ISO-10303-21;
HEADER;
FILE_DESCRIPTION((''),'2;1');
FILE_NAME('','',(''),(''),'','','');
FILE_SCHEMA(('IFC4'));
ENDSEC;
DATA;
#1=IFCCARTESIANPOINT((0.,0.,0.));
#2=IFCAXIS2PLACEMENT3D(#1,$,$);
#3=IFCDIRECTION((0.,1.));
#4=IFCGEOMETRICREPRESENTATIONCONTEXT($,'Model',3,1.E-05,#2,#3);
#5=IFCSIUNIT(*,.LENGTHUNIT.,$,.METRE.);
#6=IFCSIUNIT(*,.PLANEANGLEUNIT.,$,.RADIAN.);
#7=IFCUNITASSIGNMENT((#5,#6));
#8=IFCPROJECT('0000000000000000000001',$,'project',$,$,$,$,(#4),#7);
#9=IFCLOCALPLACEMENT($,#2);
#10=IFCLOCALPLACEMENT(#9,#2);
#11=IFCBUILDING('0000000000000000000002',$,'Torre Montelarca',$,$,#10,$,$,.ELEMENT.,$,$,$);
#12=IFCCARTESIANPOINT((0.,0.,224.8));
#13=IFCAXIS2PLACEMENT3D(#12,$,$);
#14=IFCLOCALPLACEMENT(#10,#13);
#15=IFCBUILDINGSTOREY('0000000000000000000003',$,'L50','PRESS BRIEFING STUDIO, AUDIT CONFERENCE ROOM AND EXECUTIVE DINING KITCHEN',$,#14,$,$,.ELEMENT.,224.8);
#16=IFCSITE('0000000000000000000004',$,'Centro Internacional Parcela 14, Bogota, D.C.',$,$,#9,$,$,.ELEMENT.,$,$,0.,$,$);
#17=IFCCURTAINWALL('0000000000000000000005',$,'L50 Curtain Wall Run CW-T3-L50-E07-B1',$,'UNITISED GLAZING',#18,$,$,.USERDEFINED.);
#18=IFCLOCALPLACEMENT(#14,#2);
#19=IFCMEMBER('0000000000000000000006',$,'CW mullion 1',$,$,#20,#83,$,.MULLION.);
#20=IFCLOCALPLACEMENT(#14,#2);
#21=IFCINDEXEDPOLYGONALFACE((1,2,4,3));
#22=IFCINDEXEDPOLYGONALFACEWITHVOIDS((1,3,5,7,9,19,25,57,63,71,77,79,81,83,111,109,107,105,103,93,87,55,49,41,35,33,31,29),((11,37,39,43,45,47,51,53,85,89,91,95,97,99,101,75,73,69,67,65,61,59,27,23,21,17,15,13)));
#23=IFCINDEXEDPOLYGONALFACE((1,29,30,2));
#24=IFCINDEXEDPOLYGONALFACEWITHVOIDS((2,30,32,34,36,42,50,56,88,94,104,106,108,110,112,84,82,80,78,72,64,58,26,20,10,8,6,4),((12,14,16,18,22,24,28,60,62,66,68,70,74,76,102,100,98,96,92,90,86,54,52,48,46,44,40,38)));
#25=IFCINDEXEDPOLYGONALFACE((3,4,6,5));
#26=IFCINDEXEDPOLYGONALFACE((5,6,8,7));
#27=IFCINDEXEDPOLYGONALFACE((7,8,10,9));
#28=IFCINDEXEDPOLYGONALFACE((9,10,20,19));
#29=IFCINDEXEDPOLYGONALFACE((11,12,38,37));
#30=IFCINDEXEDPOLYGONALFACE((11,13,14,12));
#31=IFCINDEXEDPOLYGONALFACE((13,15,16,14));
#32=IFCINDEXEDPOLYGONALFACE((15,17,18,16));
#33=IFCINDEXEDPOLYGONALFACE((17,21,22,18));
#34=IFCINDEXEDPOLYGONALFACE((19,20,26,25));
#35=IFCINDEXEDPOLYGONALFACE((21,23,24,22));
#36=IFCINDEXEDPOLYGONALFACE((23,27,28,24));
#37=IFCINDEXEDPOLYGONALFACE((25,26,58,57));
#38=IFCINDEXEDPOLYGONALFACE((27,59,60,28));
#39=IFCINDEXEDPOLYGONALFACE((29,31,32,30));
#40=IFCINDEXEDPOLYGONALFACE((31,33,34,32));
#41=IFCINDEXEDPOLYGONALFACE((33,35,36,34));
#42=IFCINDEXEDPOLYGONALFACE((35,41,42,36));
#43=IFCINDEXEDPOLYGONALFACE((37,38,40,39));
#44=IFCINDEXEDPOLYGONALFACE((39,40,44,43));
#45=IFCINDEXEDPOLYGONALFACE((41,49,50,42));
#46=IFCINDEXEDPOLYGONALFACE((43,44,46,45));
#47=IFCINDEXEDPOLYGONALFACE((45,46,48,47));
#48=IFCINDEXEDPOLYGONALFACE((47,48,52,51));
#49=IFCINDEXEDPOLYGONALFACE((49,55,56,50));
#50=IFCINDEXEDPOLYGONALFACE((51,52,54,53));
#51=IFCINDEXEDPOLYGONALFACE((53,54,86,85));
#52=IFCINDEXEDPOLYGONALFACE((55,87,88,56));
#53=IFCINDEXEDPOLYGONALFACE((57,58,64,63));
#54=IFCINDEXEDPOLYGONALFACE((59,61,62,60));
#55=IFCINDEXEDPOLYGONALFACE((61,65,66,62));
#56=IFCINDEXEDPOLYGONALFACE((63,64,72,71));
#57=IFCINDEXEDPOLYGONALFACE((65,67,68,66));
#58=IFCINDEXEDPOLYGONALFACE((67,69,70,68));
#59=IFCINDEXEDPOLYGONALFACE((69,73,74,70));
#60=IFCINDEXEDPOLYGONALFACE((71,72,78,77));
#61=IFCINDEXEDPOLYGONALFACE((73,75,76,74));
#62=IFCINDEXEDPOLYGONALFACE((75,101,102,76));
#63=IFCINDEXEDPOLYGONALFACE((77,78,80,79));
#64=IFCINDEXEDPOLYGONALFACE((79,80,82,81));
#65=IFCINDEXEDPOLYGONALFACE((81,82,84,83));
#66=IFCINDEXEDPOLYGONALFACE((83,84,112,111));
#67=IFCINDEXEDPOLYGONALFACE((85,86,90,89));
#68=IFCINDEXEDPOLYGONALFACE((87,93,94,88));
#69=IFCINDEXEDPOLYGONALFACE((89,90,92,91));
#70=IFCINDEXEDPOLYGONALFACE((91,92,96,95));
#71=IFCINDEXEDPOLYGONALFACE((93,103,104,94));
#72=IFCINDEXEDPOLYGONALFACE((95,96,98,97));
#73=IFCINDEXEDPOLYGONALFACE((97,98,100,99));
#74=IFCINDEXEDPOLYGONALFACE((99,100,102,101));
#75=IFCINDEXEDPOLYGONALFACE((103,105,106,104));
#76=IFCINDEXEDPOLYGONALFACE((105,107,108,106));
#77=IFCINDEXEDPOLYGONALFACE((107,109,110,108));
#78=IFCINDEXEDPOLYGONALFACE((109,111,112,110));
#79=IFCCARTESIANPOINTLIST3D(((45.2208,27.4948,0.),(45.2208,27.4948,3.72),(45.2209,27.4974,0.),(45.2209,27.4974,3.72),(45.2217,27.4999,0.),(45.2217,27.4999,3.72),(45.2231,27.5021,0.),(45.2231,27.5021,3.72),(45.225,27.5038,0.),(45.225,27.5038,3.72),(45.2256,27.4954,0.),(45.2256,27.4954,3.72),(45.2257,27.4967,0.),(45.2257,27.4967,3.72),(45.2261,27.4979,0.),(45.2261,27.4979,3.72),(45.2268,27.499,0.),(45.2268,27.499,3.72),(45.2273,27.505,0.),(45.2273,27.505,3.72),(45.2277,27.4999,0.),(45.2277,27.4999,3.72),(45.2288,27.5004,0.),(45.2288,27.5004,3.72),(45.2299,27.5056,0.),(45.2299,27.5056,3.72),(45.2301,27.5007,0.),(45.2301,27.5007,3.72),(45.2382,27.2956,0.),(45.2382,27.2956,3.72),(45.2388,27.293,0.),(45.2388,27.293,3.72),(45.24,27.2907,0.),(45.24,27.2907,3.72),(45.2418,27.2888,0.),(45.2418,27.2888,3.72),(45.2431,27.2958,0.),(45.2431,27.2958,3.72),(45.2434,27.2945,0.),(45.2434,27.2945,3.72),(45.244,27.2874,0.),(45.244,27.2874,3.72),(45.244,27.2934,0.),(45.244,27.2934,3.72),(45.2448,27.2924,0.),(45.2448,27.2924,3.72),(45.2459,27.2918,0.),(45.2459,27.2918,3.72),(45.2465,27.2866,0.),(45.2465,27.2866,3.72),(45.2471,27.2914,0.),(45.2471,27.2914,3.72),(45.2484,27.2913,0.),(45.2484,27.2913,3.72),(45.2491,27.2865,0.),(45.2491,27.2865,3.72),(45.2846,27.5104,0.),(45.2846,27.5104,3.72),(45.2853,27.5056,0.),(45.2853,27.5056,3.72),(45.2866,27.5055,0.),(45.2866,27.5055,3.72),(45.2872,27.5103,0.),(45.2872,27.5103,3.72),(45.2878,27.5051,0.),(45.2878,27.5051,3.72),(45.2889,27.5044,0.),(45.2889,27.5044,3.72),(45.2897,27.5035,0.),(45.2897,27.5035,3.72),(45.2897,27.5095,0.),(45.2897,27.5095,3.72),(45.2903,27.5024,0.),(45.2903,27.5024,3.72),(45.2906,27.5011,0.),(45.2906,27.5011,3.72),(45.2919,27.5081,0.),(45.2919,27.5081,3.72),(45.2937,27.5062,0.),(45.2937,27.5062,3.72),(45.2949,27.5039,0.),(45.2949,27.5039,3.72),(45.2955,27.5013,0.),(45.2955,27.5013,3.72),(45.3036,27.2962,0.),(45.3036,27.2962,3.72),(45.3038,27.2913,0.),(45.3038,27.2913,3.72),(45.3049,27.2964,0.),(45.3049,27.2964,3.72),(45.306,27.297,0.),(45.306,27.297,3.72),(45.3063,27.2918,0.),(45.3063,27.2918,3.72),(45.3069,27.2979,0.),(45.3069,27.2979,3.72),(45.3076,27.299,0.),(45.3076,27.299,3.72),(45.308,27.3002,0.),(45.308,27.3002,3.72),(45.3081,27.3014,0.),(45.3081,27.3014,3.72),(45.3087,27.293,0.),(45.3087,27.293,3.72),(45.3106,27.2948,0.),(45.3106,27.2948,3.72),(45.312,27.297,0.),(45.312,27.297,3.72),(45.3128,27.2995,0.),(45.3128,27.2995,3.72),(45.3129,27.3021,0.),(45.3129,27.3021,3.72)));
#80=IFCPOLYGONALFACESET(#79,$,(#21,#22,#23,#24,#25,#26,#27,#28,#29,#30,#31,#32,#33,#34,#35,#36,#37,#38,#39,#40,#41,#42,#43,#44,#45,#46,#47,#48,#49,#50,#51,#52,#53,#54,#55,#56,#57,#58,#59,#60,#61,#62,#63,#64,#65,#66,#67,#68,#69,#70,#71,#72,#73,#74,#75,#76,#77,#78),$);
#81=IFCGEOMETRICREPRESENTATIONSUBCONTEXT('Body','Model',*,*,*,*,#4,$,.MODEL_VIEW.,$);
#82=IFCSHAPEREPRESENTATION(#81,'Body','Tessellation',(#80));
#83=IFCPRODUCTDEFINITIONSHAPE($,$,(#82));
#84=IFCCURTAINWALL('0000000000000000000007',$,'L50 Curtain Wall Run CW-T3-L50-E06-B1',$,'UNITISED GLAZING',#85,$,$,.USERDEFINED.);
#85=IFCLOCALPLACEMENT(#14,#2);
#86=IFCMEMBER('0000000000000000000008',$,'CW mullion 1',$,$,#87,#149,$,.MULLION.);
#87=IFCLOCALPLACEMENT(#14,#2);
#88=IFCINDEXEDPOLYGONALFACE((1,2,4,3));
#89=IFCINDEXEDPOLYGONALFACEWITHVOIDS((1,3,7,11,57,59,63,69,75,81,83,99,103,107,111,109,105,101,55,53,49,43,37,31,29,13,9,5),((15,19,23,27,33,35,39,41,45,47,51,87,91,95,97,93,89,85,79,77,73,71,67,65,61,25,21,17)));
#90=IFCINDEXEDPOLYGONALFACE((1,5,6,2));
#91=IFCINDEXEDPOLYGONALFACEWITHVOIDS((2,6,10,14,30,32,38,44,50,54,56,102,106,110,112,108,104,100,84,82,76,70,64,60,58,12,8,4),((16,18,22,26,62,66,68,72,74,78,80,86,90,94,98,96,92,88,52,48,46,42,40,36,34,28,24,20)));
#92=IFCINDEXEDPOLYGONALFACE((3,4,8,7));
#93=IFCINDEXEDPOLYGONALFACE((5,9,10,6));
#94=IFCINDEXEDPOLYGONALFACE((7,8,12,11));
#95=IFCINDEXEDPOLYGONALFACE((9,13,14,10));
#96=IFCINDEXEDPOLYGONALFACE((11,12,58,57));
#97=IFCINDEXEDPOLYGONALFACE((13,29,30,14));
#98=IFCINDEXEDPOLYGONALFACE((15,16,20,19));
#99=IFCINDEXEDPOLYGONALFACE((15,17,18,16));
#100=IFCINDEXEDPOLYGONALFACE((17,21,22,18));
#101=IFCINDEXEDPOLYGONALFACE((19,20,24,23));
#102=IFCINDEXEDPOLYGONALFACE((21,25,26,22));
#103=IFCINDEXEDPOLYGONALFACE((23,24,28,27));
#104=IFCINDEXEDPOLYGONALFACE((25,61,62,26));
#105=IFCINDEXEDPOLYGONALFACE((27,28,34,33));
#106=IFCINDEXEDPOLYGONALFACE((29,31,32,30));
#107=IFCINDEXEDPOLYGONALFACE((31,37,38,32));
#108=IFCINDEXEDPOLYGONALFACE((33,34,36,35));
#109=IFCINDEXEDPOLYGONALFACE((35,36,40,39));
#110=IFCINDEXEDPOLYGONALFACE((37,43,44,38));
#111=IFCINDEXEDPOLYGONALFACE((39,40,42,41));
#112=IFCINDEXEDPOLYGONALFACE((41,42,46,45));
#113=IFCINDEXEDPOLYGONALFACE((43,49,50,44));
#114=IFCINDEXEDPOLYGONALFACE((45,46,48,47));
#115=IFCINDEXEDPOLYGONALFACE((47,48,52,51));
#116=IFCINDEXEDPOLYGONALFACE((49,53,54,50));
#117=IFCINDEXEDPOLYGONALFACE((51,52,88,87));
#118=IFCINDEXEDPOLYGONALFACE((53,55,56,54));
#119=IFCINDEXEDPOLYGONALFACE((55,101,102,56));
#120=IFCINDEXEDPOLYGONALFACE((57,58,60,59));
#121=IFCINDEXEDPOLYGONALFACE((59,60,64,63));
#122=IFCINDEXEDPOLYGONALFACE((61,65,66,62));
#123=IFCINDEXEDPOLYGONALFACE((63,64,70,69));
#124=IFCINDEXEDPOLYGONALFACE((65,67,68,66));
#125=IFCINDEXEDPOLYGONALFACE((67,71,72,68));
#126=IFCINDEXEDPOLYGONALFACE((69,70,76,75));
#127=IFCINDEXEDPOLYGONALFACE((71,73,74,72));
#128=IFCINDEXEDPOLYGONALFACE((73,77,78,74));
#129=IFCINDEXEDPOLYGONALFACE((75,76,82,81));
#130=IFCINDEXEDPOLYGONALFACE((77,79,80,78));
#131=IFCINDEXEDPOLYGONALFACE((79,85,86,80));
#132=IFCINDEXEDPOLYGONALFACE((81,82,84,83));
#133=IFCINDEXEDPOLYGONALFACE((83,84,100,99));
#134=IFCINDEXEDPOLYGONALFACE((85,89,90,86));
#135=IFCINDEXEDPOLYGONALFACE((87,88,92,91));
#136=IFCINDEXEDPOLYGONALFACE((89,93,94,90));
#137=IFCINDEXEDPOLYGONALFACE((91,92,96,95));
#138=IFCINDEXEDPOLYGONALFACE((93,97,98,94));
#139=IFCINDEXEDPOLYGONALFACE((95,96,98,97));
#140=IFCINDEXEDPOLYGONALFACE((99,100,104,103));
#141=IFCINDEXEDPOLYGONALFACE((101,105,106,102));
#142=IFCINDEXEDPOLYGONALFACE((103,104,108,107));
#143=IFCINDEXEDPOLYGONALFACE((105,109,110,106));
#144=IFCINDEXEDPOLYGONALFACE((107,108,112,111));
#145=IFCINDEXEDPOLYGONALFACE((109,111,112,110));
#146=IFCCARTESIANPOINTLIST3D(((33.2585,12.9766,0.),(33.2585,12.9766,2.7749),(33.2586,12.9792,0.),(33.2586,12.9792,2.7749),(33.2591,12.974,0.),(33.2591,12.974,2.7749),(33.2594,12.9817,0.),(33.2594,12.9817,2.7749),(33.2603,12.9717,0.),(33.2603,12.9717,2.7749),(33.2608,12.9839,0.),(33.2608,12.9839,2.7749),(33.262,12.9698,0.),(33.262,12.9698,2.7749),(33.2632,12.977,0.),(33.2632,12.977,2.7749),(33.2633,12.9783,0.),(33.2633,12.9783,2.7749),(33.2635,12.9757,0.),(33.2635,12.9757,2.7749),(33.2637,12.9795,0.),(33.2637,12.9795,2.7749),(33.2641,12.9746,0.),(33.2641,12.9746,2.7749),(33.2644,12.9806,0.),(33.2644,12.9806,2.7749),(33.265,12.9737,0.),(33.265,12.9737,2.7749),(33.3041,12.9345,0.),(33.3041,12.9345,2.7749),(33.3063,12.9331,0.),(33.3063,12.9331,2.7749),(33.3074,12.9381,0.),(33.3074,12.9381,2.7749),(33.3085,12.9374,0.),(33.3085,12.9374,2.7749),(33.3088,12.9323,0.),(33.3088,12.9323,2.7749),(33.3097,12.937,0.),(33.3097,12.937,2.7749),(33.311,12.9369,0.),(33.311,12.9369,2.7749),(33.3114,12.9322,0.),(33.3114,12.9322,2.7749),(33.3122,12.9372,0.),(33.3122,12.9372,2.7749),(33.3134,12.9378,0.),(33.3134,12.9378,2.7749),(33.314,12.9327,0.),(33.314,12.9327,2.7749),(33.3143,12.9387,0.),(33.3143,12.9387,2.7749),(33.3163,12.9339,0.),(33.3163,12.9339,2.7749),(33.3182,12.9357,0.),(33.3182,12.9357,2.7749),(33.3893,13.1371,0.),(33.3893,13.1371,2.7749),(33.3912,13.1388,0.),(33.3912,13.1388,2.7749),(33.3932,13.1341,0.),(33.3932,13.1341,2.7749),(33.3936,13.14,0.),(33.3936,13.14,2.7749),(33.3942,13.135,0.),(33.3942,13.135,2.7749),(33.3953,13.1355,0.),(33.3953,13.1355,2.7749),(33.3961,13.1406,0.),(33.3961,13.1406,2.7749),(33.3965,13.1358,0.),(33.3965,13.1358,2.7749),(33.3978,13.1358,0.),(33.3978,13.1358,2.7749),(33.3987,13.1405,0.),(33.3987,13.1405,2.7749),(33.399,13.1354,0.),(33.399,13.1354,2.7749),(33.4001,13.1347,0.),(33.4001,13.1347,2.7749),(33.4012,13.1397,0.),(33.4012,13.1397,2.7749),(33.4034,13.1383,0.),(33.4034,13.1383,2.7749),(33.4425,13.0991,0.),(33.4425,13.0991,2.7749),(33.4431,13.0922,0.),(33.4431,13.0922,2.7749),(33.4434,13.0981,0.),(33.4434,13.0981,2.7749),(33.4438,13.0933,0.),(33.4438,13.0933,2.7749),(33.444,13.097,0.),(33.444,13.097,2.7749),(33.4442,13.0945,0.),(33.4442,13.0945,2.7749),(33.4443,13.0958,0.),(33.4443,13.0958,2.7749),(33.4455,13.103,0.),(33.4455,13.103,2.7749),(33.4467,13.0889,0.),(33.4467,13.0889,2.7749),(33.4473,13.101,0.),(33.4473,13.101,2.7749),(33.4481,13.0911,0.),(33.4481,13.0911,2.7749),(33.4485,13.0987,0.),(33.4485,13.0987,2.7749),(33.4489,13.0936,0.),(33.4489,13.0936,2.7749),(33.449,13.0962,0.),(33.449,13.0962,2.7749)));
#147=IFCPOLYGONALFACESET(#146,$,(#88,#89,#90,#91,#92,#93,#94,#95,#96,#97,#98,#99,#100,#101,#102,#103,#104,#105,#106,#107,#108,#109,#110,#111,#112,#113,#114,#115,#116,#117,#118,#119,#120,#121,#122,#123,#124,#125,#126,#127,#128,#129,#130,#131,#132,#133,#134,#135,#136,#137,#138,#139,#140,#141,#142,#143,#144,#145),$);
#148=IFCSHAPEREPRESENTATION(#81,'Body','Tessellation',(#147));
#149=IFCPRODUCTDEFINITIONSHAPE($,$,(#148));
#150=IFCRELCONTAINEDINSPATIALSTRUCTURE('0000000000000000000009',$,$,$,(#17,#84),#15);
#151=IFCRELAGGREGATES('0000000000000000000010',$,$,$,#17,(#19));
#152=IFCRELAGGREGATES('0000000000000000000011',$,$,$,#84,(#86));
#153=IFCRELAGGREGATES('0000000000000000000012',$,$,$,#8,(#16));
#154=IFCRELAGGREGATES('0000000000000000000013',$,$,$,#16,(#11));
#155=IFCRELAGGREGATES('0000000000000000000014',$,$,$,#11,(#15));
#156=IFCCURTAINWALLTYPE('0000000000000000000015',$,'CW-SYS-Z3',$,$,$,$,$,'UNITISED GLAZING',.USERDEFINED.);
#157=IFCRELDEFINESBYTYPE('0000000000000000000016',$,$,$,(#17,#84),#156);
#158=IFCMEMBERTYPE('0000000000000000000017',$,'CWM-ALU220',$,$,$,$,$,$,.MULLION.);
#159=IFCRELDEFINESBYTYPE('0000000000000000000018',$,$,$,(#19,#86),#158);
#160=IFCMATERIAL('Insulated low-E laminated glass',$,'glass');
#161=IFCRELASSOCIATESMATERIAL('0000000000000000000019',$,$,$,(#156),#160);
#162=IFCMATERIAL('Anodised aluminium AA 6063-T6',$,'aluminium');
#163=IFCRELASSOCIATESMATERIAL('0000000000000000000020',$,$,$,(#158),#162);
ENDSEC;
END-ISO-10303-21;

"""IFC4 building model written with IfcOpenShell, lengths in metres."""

from ifc_helpers import new_model, si_unit, direction, frame, origin, origin_2d, place, context, subcontext, project, spatial, hollow_rectangle, extrude, source, transform, mapped, material, material_profile, profile_set, type_object, element, aggregate, save


model = new_model("IFC4")

# Units and contexts
model_context = context("Model", 3, precision=1e-05, world=origin(), true_north=direction((0.0, 1.0)))
body_context = subcontext(model_context, "Body", "Model", "MODEL_VIEW")
ifc_project = project(units=[si_unit("LENGTHUNIT", "METRE"), si_unit("PLANEANGLEUNIT", "RADIAN")], contexts=[model_context])

# Site, building, storey
site_placement = place(None, origin())
site = spatial("IfcSite", under=ifc_project, at=site_placement, Name="Centro Internacional Parcela 14, Bogota, D.C.", CompositionType="ELEMENT", RefElevation=0.0)
building_placement = place(site_placement, origin())
building = spatial("IfcBuilding", under=site, at=building_placement, Name="Torre Montelarca", CompositionType="ELEMENT")
storey_placement = place(building_placement, frame((0.0, 0.0, 224.8)))
storey = spatial("IfcBuildingStorey", under=building, at=storey_placement, Name="L50", Description="PRESS BRIEFING STUDIO, AUDIT CONFERENCE ROOM AND EXECUTIVE DINING KITCHEN", CompositionType="ELEMENT", Elevation=224.8)

# Curtain walls, members
ifc_material_1 = material(Name="Insulated low-E laminated glass", Category="glass")
curtain_wall_type = type_object("IfcCurtainWallType", Name="CW-SYS-Z3", ElementType="UNITISED GLAZING", PredefinedType="USERDEFINED", material=ifc_material_1)
curtain_wall_1_placement = place(storey_placement, origin())
curtain_wall_1 = element("IfcCurtainWall", 1, at=curtain_wall_1_placement, inside=storey, type_object=curtain_wall_type, Name="L50 Curtain Wall Run CW-T3-L50-E07-B1", ObjectType="UNITISED GLAZING", PredefinedType="USERDEFINED")
ifc_material_2 = material(Name="Anodised aluminium AA 6063-T6", Category="aluminium")
ifc_material_profile_1 = material_profile(ifc_material_2, hollow_rectangle(XDim=0.075, YDim=0.22, WallThickness=0.0049, InnerFilletRadius=0.0049, OuterFilletRadius=0.01, at=origin_2d()), Name="ALU75X220X5", Category="aluminium")
ifc_profile_set_1 = profile_set([ifc_material_profile_1], Name="Anodised aluminium AA 6063-T6")
member_type_1 = type_object("IfcMemberType", Name="CWM-ALU220", PredefinedType="MULLION", material=ifc_profile_set_1)
shared_shape_1 = source(origin(), body_context, "Body", "SweptSolid", [
    extrude(hollow_rectangle(XDim=0.075, YDim=0.22, WallThickness=0.0049, InnerFilletRadius=0.0049, OuterFilletRadius=0.01, at=origin_2d()), origin(), (0.0, 0.0, 1.0), 3.72),
])
member_1_placement = place(storey_placement, frame((45.2668, 27.3984, 0.0), z_axis=(0.0, 0.0, 1.0), x_axis=(-0.996192, -0.087183, 0.0)))
member_1 = element("IfcMember", 2, at=member_1_placement, type_object=member_type_1, Name="CW mullion 1", PredefinedType="MULLION", context=body_context, shape_type="MappedRepresentation", body=[
    mapped(shared_shape_1, transform((0.0, 0.0, 0.0), scale=1.0)),
])
curtain_wall_2_placement = place(storey_placement, origin())
curtain_wall_2 = element("IfcCurtainWall", 3, at=curtain_wall_2_placement, inside=storey, type_object=curtain_wall_type, Name="L50 Curtain Wall Run CW-T3-L50-E06-B1", ObjectType="UNITISED GLAZING", PredefinedType="USERDEFINED")
shared_shape_2 = source(origin(), body_context, "Body", "SweptSolid", [
    extrude(hollow_rectangle(XDim=0.075, YDim=0.22, WallThickness=0.0049, InnerFilletRadius=0.0049, OuterFilletRadius=0.01, at=origin_2d()), origin(), (0.0, 0.0, 1.0), 2.7749),
])
member_2_placement = place(storey_placement, frame((33.3538, 13.0364, 0.0), z_axis=(0.0, 0.0, 1.0), x_axis=(-0.766041, 0.642791, 0.0)))
member_2 = element("IfcMember", 4, at=member_2_placement, type_object=member_type_1, Name="CW mullion 1", PredefinedType="MULLION", context=body_context, shape_type="MappedRepresentation", body=[
    mapped(shared_shape_2, transform((0.0, 0.0, 0.0), scale=1.0)),
])

aggregate(curtain_wall_1, [member_1])
aggregate(curtain_wall_2, [member_2])

save(model, "model.ifc")
